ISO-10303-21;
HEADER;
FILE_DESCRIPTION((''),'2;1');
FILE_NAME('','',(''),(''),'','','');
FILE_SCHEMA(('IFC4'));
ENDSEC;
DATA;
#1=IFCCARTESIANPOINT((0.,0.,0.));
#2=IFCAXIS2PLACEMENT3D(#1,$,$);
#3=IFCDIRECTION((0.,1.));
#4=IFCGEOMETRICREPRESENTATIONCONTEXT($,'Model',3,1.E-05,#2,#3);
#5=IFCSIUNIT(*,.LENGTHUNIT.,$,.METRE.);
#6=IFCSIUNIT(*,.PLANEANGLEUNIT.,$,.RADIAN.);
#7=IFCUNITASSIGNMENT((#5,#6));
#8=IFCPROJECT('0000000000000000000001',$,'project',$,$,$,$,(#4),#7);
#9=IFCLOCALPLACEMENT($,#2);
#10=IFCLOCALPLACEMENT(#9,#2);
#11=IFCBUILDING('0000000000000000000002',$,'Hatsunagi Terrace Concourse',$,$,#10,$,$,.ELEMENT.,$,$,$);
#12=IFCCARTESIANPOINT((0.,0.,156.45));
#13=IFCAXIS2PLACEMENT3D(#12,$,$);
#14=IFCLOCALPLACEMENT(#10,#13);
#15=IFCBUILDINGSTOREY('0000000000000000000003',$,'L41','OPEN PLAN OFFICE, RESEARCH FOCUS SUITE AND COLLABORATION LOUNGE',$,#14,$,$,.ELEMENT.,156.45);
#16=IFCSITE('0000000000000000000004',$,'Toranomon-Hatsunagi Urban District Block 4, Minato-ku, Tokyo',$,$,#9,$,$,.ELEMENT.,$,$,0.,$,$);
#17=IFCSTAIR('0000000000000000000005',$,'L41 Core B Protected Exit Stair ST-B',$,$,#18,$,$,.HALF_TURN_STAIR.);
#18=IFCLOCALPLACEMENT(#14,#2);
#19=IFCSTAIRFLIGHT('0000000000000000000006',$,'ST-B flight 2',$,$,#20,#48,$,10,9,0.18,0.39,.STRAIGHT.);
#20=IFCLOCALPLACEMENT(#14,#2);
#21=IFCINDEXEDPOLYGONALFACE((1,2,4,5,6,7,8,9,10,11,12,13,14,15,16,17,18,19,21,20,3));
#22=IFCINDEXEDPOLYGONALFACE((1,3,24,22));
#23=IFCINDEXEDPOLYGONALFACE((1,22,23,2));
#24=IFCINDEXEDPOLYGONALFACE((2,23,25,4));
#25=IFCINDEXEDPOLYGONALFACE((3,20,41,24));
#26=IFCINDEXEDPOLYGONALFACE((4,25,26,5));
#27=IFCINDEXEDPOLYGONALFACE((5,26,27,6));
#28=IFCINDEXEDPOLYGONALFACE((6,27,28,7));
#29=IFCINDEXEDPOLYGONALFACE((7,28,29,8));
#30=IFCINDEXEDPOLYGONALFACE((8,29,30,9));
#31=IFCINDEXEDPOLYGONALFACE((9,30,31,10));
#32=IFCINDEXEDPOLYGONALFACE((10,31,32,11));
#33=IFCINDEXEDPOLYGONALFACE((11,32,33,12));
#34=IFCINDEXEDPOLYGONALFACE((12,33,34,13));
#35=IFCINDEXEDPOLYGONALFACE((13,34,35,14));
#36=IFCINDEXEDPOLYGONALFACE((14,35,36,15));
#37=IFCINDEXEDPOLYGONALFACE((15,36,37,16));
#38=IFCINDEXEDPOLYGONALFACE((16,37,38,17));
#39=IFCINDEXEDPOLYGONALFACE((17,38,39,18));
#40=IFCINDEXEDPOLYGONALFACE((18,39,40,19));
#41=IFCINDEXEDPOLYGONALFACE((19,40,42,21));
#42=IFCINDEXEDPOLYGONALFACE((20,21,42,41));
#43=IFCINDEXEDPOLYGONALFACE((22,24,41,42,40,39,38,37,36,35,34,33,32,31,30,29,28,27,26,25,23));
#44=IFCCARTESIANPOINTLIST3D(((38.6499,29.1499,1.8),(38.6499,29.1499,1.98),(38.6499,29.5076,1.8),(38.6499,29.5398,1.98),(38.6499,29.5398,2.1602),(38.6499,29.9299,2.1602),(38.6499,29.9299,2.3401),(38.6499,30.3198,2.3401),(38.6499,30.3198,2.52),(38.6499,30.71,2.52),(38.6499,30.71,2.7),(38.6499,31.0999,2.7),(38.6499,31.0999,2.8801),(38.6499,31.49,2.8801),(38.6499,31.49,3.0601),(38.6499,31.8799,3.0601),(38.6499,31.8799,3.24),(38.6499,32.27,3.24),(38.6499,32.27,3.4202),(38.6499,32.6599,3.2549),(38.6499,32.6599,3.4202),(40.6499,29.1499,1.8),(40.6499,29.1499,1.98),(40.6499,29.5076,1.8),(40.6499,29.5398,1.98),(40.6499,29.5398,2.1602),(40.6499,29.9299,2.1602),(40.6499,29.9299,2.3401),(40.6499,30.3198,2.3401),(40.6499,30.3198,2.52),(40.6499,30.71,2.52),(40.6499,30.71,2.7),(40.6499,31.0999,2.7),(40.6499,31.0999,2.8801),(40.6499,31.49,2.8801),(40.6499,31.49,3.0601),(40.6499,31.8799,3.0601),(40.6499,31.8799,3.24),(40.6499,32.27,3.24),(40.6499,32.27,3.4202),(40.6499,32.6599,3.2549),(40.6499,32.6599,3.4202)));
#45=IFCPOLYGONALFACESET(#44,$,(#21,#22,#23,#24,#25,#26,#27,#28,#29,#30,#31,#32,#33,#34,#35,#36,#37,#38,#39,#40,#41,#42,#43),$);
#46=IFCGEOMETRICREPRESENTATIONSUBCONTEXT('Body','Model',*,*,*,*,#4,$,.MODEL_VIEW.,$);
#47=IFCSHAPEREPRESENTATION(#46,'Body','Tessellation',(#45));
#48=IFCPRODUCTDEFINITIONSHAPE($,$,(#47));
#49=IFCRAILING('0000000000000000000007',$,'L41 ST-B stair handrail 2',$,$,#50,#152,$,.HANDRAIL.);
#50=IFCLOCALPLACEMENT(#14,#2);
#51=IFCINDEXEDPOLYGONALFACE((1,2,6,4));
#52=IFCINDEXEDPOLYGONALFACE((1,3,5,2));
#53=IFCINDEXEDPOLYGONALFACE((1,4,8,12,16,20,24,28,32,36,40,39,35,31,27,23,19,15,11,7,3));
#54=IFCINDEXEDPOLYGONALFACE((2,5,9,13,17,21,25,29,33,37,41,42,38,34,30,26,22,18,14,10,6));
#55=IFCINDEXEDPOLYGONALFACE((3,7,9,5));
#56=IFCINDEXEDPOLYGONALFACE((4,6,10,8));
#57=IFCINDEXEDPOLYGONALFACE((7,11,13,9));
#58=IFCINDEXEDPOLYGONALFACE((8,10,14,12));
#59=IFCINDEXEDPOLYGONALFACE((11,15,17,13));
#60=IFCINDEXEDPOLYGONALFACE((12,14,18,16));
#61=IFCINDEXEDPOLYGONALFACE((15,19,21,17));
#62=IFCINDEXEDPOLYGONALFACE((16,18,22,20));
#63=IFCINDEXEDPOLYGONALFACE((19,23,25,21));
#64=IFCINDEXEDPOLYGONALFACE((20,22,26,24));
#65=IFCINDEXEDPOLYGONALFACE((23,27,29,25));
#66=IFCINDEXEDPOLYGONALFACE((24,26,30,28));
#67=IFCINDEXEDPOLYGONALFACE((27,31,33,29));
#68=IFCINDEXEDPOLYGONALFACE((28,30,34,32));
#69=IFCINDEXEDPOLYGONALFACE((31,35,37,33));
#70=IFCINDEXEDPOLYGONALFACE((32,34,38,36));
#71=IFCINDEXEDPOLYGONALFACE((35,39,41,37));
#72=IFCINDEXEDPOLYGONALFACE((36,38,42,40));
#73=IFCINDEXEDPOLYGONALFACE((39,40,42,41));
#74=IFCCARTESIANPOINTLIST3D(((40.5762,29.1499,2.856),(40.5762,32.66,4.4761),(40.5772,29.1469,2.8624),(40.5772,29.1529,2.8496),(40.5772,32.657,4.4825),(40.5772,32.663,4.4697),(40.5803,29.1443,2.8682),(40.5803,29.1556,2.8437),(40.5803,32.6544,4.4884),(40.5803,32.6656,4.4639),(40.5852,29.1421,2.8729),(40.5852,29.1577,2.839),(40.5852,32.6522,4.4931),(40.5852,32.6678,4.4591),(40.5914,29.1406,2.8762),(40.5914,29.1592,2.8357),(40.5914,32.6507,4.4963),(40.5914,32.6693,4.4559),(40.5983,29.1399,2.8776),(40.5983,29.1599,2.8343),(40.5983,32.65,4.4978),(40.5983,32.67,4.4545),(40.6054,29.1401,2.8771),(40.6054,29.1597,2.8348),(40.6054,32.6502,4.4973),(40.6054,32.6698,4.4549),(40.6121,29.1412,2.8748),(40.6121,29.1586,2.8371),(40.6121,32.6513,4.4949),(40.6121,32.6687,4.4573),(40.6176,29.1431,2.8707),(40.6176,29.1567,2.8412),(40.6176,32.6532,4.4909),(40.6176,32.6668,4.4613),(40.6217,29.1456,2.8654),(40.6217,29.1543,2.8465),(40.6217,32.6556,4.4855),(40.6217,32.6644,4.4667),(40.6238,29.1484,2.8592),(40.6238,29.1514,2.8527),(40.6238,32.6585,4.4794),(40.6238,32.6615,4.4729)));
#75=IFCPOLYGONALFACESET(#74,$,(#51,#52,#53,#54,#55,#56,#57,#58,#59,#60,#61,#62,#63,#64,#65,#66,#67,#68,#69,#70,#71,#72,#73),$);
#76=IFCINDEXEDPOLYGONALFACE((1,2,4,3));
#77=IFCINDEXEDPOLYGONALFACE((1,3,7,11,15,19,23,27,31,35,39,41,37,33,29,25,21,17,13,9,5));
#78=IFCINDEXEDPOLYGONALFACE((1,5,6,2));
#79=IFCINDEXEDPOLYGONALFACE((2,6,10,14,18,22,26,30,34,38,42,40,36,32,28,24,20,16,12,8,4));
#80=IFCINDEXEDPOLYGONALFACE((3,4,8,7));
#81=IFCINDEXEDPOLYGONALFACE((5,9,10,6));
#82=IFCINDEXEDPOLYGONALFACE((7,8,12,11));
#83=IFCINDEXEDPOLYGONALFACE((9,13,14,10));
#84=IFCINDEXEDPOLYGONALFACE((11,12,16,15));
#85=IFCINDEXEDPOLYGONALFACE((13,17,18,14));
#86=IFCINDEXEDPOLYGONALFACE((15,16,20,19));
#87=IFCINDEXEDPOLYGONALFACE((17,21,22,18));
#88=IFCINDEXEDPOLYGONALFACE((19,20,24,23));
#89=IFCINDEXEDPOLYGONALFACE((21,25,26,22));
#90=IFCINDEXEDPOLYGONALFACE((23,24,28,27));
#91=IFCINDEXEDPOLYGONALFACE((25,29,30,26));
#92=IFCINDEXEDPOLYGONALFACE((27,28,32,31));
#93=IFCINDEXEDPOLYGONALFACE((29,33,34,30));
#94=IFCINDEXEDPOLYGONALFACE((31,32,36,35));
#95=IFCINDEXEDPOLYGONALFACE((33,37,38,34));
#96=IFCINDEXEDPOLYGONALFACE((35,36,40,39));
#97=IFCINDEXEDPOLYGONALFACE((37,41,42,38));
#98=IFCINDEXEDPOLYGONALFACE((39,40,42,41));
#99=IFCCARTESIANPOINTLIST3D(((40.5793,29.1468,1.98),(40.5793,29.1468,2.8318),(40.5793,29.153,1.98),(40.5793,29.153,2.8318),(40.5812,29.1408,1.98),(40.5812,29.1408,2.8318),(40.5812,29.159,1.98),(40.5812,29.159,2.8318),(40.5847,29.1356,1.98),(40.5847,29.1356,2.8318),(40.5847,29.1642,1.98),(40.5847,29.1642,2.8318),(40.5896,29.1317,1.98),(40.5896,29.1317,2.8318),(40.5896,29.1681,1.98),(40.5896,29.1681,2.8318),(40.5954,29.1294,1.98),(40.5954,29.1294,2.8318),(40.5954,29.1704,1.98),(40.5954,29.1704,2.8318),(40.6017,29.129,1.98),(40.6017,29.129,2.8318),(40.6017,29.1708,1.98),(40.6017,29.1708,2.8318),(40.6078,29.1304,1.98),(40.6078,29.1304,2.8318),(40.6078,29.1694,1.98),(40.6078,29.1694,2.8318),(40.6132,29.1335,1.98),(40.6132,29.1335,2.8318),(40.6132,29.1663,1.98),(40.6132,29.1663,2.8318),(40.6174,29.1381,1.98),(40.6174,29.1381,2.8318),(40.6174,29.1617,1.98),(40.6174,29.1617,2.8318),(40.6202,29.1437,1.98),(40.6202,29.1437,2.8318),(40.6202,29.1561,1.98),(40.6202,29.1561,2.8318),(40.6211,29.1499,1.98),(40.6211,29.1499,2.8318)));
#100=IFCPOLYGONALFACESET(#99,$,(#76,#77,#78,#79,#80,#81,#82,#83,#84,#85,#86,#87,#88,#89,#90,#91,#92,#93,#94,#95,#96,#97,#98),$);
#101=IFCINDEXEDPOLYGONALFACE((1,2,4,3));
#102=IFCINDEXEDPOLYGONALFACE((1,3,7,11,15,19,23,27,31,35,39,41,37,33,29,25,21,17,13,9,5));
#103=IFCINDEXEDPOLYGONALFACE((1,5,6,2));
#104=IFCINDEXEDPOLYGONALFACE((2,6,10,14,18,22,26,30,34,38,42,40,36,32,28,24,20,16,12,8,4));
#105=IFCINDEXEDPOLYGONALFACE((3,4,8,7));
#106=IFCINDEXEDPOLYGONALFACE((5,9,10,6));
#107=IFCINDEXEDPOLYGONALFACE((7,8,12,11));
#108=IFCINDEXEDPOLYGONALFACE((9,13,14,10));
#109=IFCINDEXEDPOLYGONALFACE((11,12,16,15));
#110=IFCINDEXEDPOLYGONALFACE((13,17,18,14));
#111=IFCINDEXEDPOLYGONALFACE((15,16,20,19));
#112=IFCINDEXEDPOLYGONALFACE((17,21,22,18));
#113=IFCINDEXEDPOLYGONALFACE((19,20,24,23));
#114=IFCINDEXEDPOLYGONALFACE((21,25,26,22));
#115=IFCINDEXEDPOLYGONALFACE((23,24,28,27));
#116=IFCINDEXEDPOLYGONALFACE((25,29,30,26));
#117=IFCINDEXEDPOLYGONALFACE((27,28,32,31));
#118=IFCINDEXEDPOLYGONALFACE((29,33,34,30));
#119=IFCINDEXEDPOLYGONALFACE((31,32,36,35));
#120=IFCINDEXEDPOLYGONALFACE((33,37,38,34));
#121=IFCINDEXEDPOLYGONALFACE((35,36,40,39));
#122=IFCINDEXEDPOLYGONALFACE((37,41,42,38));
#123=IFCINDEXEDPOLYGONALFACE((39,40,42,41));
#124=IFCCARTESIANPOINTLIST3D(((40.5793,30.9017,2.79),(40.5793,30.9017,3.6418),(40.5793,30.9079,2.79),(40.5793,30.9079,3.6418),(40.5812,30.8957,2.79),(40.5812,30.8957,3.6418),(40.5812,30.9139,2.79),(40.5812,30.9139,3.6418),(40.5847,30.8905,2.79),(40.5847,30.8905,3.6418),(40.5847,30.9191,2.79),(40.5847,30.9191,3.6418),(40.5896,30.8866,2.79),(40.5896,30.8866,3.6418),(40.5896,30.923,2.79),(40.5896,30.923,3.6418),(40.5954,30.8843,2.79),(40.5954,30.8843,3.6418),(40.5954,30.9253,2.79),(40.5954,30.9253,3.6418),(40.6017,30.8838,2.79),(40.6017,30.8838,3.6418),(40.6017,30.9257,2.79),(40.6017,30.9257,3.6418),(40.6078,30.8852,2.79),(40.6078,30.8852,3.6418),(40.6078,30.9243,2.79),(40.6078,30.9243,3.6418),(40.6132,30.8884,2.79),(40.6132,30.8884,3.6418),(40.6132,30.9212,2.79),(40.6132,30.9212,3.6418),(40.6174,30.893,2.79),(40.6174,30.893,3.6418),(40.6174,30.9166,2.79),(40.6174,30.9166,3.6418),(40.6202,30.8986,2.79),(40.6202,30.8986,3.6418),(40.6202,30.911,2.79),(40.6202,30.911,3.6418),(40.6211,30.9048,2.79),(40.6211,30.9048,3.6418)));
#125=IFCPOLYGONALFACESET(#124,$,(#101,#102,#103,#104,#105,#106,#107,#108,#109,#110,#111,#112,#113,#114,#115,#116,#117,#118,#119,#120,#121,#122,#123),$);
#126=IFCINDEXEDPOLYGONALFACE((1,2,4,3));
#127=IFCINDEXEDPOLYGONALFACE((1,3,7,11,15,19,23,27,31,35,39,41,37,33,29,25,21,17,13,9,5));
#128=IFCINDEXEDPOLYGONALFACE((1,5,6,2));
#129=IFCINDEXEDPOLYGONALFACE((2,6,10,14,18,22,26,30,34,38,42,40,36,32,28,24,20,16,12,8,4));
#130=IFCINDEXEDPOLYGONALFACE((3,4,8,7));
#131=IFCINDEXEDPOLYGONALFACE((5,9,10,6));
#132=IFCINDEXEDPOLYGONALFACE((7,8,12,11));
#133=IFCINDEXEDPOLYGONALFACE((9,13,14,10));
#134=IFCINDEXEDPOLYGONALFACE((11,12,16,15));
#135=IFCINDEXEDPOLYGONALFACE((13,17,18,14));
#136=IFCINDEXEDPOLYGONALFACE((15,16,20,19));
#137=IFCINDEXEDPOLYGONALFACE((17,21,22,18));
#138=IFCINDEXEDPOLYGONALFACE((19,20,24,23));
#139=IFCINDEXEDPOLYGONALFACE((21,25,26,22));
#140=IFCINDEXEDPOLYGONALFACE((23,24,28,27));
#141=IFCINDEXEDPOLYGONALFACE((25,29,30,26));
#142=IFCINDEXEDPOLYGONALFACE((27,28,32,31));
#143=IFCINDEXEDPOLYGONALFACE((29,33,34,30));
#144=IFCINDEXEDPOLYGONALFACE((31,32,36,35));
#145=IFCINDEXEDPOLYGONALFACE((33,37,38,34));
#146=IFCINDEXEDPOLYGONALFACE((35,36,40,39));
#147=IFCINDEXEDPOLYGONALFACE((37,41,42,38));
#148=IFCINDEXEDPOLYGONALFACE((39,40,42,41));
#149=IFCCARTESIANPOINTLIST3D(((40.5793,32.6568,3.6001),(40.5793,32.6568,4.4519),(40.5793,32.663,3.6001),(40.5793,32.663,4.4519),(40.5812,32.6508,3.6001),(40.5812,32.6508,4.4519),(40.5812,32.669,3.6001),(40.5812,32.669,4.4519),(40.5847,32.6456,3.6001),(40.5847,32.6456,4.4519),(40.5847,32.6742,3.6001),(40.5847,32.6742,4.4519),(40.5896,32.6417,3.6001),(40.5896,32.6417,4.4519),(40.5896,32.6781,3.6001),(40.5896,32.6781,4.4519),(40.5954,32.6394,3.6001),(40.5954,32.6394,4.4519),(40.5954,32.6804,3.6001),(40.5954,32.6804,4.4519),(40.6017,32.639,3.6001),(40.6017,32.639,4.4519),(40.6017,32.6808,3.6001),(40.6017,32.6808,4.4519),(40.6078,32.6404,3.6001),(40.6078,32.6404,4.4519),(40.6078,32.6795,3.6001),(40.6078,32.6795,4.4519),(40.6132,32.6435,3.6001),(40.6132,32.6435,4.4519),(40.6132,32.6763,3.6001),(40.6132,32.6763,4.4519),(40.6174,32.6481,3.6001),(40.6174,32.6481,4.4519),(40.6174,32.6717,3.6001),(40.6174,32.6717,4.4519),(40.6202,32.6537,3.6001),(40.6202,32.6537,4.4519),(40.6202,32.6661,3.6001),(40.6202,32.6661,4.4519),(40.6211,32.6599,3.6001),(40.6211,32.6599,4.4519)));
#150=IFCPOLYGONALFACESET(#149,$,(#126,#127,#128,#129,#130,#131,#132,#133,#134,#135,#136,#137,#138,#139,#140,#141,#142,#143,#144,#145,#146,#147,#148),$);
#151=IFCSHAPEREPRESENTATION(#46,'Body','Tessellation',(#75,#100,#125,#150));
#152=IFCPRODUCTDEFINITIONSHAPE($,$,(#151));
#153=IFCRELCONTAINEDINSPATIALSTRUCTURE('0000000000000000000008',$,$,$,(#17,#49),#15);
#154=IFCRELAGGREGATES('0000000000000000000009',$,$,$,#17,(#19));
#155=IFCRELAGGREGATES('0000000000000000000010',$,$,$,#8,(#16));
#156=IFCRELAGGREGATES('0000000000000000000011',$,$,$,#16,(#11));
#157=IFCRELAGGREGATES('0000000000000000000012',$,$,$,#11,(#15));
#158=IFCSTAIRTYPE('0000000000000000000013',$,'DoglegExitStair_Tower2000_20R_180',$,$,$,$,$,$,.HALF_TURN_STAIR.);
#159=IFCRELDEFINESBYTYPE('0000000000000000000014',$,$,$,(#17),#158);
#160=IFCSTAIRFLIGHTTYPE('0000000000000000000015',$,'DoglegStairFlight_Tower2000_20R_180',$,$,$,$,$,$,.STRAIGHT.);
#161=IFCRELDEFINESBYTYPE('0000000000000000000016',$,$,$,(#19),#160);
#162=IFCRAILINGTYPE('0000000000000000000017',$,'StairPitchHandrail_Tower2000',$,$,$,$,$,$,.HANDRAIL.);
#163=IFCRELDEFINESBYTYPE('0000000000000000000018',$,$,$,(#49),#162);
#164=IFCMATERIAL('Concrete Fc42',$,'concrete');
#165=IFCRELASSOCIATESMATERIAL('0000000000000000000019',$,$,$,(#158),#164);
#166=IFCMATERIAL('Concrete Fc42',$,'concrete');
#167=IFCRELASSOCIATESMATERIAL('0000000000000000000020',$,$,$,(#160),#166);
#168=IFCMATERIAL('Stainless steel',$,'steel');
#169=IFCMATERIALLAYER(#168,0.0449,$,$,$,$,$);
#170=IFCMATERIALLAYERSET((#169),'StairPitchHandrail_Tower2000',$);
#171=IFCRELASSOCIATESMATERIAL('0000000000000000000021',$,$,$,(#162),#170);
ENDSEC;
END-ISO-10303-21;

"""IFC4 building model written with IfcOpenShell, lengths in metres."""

from ifc_helpers import new_model, si_unit, direction, frame, origin, origin_2d, place, context, subcontext, project, spatial, polyline, circle, outline, extrude, material, layer, layer_set, type_object, element, aggregate, save


model = new_model("IFC4")

# Units and contexts
model_context = context("Model", 3, precision=1e-05, world=origin(), true_north=direction((0.0, 1.0)))
body_context = subcontext(model_context, "Body", "Model", "MODEL_VIEW")
ifc_project = project(units=[si_unit("LENGTHUNIT", "METRE"), si_unit("PLANEANGLEUNIT", "RADIAN")], contexts=[model_context])

# Site, building, storey
site_placement = place(None, origin())
site = spatial("IfcSite", under=ifc_project, at=site_placement, Name="Toranomon-Hatsunagi Urban District Block 4, Minato-ku, Tokyo", CompositionType="ELEMENT", RefElevation=0.0)
building_placement = place(site_placement, origin())
building = spatial("IfcBuilding", under=site, at=building_placement, Name="Hatsunagi Terrace Concourse", CompositionType="ELEMENT")
storey_placement = place(building_placement, frame((0.0, 0.0, 156.45)))
storey = spatial("IfcBuildingStorey", under=building, at=storey_placement, Name="L41", Description="OPEN PLAN OFFICE, RESEARCH FOCUS SUITE AND COLLABORATION LOUNGE", CompositionType="ELEMENT", Elevation=156.45)

# Stair, stair flight
ifc_material_1 = material(Name="Concrete Fc42", Category="concrete")
stair_type = type_object("IfcStairType", Name="DoglegExitStair_Tower2000_20R_180", PredefinedType="HALF_TURN_STAIR", material=ifc_material_1)
stair_placement = place(storey_placement, origin())
stair = element("IfcStair", 1, at=stair_placement, inside=storey, type_object=stair_type, Name="L41 Core B Protected Exit Stair ST-B", PredefinedType="HALF_TURN_STAIR")
ifc_material_2 = material(Name="Concrete Fc42", Category="concrete")
stair_flight_type = type_object("IfcStairFlightType", Name="DoglegStairFlight_Tower2000_20R_180", PredefinedType="STRAIGHT", material=ifc_material_2)
stair_flight_placement = place(storey_placement, frame((39.6499, 29.1499, 1.8), z_axis=(0.0, 0.0, 1.0), x_axis=(0.0, 1.0, 0.0)))
stair_flight = element("IfcStairFlight", 2, at=stair_flight_placement, type_object=stair_flight_type, Name="ST-B flight 2", NumberOfRisers=10, NumberOfTreads=9, PredefinedType="STRAIGHT", RiserHeight=0.18, TreadLength=0.39, context=body_context, shape_type="SweptSolid", body=[
    extrude(outline(polyline([(0.0, 0.0), (0.0, 0.1799), (0.3899, 0.1799), (0.3899, 0.3601), (0.78, 0.3601), (0.78, 0.54), (1.1699, 0.54), (1.1699, 0.72), (1.5601, 0.72), (1.5601, 0.8999), (1.95, 0.8999), (1.95, 1.0801), (2.3401, 1.0801), (2.3401, 1.26), (2.73, 1.26), (2.73, 1.4399), (3.1201, 1.4399), (3.1201, 1.6201), (3.51, 1.6201), (3.51, 1.8), (3.51, 1.4548), (0.3577, 0.0), (0.0, 0.0)])), frame((0.0, 1.0, 0.0), z_axis=(0.0, -1.0, 0.0), x_axis=(1.0, 0.0, 0.0)), (0.0, 0.0, 1.0), 2.0),
])
aggregate(stair, [stair_flight])

# Railing
ifc_material_3 = material(Name="Stainless steel", Category="steel")
ifc_layer_1 = layer(ifc_material_3, 0.0449)
ifc_layer_set_1 = layer_set([ifc_layer_1], Name="StairPitchHandrail_Tower2000")
railing_type_1 = type_object("IfcRailingType", Name="StairPitchHandrail_Tower2000", PredefinedType="HANDRAIL", material=ifc_layer_set_1)
railing_1_placement = place(storey_placement, frame((40.6001, 29.1499, 1.98)))
element("IfcRailing", 3, at=railing_1_placement, inside=storey, type_object=railing_type_1, Name="L41 ST-B stair handrail 2", PredefinedType="HANDRAIL", context=body_context, shape_type="SweptSolid", body=[
    extrude(circle(Radius=0.0239, at=origin_2d()), frame((0.0, 0.0, 0.876), z_axis=(0.0, 0.907948, 0.419082), x_axis=(-1.0, 0.0, 0.0)), (0.0, 0.0, 1.0), 3.866),
    extrude(circle(Radius=0.021, at=origin_2d()), origin(), (0.0, 0.0, 1.0), 0.8518),
    extrude(circle(Radius=0.021, at=origin_2d()), frame((0.0, 1.7549, 0.8101)), (0.0, 0.0, 1.0), 0.8518),
    extrude(circle(Radius=0.021, at=origin_2d()), frame((0.0, 3.51, 1.6201)), (0.0, 0.0, 1.0), 0.8518),
])

save(model, "model.ifc")
